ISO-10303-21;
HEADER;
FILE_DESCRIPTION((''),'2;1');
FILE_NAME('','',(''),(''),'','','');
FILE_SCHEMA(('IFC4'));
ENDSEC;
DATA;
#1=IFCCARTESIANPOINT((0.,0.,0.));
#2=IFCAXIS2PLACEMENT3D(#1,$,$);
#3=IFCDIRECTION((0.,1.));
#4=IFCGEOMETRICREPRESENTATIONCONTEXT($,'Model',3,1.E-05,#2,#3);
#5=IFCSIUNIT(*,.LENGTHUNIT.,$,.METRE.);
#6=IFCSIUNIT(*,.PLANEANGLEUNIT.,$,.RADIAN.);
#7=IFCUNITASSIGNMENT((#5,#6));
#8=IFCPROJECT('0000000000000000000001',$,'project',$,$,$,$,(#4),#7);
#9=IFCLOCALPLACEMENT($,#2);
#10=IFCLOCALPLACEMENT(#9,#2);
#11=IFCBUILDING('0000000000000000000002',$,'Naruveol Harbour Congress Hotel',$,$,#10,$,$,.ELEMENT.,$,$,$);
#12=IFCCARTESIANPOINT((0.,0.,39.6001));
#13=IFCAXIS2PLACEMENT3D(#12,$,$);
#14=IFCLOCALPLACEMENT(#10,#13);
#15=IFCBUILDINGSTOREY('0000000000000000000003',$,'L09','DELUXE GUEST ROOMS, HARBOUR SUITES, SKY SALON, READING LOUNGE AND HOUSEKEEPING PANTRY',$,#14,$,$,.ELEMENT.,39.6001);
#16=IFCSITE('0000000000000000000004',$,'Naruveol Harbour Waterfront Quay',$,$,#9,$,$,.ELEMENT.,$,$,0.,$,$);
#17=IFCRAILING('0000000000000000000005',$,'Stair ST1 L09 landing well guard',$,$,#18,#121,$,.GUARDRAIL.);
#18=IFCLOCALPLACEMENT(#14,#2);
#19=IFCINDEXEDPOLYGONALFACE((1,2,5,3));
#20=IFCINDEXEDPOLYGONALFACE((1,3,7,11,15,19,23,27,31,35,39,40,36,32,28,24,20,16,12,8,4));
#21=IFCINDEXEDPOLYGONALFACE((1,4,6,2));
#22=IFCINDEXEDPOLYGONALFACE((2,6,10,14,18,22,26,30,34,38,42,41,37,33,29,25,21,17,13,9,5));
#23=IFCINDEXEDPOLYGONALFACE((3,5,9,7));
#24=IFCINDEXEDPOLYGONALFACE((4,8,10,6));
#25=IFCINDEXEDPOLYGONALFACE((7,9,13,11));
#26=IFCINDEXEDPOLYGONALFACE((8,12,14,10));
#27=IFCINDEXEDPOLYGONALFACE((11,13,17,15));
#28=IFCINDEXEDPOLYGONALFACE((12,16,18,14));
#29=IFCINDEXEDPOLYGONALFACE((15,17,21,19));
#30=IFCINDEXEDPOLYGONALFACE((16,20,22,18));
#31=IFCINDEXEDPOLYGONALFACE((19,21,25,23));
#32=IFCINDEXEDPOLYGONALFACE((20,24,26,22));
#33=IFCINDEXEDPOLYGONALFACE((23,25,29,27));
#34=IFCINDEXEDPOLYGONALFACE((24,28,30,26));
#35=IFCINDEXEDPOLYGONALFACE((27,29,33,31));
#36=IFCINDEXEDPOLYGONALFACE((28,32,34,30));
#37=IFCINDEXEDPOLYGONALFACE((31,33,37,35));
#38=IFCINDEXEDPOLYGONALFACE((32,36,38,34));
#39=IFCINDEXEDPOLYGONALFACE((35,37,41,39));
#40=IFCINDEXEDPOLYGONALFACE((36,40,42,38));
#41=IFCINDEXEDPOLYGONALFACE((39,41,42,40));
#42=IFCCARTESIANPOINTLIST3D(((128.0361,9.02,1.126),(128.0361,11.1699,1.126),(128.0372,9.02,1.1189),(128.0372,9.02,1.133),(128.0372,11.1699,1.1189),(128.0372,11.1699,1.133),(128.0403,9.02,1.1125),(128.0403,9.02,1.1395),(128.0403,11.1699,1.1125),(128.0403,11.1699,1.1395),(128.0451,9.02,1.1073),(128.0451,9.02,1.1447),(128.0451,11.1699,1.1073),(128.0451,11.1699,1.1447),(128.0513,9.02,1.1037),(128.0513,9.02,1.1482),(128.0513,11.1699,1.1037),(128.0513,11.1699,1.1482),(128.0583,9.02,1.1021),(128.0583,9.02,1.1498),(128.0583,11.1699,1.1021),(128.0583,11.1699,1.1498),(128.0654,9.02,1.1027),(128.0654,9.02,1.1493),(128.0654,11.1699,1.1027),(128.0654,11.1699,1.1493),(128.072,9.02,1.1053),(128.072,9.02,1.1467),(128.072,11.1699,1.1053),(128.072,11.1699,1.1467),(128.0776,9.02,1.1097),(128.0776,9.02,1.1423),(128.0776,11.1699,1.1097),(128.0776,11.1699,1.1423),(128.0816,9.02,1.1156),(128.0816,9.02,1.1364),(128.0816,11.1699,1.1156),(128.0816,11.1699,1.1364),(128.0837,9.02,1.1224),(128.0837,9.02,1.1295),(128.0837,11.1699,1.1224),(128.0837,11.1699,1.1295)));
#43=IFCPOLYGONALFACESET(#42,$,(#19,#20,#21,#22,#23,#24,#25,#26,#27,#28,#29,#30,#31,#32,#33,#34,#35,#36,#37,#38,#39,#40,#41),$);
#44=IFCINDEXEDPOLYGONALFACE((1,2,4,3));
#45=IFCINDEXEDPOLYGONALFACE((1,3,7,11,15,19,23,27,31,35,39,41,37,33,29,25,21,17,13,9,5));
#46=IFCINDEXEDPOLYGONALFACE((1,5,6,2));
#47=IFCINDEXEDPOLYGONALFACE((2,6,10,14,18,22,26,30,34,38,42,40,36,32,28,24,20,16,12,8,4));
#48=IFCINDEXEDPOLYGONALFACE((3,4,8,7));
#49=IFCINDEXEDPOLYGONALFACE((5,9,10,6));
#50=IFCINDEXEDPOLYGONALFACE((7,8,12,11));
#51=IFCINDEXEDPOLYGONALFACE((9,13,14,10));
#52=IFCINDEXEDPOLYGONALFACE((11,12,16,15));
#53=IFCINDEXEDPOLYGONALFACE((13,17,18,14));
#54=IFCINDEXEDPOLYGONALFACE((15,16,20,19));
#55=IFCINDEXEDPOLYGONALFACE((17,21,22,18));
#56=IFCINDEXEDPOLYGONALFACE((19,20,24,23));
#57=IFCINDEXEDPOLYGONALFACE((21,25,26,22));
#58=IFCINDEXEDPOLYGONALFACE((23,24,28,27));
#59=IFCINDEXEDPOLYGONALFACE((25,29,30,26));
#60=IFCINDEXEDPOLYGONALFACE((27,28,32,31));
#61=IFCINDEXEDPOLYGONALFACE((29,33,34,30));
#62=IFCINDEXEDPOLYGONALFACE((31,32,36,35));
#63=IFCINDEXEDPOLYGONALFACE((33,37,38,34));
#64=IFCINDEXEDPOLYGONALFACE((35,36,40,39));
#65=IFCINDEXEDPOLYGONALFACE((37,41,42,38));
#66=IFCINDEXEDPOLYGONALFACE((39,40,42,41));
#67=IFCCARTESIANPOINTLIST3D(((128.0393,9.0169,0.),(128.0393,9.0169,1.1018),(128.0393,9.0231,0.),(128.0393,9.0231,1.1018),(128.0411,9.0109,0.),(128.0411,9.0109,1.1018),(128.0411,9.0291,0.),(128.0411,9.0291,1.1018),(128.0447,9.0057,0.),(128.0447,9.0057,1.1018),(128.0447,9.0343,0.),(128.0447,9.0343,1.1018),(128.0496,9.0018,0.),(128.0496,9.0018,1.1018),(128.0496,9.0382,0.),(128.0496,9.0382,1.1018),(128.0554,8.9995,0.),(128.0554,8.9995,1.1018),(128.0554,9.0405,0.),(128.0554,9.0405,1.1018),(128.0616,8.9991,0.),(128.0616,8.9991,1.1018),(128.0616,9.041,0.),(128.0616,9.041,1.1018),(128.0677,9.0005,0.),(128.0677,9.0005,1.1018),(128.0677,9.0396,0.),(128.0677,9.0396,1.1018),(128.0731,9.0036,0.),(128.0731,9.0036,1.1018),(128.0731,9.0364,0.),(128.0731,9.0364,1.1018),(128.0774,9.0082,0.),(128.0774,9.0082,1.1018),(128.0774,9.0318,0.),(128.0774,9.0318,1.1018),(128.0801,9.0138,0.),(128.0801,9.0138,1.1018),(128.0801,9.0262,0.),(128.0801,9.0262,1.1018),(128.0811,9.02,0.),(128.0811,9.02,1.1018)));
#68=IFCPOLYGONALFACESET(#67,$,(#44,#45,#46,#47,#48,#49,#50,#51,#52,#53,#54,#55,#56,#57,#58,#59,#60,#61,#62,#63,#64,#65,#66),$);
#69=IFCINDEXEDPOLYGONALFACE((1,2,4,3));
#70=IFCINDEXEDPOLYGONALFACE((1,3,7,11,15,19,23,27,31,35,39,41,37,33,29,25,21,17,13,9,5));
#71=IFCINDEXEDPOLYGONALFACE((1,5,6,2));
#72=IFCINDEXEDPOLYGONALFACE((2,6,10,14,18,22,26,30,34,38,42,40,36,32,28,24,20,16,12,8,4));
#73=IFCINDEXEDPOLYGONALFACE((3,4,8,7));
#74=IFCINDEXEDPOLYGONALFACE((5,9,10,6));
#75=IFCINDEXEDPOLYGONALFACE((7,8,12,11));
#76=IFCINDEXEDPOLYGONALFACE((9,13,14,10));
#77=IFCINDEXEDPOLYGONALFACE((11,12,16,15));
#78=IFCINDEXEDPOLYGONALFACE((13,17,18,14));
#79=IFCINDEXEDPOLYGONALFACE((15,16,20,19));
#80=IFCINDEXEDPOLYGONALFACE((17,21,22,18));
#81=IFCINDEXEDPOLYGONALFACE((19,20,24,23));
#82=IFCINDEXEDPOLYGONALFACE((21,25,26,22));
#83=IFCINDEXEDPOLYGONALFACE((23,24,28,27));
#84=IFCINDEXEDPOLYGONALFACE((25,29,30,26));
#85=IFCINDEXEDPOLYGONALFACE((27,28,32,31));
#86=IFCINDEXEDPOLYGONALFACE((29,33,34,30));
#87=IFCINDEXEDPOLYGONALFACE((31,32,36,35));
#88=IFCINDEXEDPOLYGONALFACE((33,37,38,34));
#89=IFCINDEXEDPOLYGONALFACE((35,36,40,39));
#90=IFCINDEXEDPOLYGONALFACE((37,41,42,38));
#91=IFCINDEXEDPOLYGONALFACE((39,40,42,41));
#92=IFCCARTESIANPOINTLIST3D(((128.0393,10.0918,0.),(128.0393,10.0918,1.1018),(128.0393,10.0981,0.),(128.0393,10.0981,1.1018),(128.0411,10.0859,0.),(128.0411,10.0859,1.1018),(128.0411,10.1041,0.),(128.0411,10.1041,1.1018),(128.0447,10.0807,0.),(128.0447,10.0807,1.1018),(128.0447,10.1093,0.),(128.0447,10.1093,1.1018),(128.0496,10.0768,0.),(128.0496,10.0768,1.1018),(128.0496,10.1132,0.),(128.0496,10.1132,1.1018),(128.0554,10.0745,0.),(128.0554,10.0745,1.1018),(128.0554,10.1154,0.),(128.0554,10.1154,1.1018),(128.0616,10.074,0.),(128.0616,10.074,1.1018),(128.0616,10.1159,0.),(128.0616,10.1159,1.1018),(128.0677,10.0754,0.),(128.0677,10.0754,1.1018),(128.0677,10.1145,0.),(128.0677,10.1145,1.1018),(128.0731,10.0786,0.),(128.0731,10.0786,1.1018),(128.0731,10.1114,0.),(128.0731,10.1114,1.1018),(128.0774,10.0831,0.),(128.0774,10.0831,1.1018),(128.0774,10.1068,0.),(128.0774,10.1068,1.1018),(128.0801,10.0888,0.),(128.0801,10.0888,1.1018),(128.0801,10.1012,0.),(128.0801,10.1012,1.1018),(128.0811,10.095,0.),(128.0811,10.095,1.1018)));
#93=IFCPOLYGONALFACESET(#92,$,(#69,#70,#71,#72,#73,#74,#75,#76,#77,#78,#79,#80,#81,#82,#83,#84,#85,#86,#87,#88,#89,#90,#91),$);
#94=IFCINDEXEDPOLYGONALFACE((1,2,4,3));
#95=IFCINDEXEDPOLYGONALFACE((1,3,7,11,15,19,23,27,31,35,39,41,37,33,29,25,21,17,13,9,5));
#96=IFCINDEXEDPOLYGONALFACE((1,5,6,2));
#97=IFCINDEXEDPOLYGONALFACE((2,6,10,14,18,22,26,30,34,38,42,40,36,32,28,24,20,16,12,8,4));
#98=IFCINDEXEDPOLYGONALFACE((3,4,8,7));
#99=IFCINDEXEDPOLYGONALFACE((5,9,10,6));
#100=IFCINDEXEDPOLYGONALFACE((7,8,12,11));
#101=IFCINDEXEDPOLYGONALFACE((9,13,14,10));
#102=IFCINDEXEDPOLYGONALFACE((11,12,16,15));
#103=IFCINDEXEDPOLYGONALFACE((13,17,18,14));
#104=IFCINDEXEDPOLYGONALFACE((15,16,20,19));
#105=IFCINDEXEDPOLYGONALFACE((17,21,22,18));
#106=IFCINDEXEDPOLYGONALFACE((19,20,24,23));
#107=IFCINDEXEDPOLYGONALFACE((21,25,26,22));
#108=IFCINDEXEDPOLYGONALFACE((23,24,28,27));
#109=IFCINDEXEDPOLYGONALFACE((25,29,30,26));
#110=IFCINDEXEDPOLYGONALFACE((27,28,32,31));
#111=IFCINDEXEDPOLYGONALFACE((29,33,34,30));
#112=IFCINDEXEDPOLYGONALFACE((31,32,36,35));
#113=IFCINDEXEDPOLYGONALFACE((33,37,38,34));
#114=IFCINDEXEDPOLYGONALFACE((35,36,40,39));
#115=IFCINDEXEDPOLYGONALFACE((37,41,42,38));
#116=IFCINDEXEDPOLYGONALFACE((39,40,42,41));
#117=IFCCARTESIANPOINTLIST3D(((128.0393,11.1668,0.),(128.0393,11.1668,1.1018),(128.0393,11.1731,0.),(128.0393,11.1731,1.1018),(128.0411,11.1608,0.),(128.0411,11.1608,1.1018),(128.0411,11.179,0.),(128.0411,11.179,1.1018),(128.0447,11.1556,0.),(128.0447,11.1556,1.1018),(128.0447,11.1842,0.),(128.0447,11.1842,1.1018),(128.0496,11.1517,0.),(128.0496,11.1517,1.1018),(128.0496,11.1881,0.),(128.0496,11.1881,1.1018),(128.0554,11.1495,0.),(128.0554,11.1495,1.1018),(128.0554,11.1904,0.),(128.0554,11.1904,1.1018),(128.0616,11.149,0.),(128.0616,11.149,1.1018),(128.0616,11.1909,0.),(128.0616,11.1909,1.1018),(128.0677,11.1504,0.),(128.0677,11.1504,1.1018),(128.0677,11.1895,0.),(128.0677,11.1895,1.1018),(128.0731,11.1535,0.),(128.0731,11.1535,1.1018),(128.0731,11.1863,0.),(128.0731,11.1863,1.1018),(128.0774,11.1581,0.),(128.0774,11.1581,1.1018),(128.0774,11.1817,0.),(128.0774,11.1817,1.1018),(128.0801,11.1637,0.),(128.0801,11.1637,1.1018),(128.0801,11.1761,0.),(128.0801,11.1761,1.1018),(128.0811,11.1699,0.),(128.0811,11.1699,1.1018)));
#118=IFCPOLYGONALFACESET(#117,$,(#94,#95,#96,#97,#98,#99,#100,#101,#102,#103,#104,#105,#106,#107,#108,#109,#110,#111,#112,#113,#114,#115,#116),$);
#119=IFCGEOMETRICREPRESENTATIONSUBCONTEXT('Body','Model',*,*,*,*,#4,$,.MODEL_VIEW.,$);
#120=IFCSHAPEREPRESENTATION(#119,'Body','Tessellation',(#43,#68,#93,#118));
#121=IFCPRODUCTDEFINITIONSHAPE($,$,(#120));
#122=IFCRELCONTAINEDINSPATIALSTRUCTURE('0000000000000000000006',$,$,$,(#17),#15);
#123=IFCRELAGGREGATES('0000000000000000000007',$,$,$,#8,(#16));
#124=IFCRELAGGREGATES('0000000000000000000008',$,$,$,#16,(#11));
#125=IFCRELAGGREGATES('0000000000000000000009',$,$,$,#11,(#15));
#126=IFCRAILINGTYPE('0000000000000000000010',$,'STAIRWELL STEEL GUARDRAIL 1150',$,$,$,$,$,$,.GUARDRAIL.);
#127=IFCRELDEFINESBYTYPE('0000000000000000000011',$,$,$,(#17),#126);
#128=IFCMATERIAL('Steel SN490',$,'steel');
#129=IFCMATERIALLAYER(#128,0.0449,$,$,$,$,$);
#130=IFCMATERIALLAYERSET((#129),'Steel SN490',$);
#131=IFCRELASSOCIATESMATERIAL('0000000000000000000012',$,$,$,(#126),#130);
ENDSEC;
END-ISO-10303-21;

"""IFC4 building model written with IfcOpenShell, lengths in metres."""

from ifc_helpers import new_model, si_unit, direction, frame, origin, origin_2d, place, context, subcontext, project, spatial, circle, extrude, material, layer, layer_set, type_object, element, save


model = new_model("IFC4")

# Units and contexts
model_context = context("Model", 3, precision=1e-05, world=origin(), true_north=direction((0.0, 1.0)))
body_context = subcontext(model_context, "Body", "Model", "MODEL_VIEW")
ifc_project = project(units=[si_unit("LENGTHUNIT", "METRE"), si_unit("PLANEANGLEUNIT", "RADIAN")], contexts=[model_context])

# Site, building, storey
site_placement = place(None, origin())
site = spatial("IfcSite", under=ifc_project, at=site_placement, Name="Naruveol Harbour Waterfront Quay", CompositionType="ELEMENT", RefElevation=0.0)
building_placement = place(site_placement, origin())
building = spatial("IfcBuilding", under=site, at=building_placement, Name="Naruveol Harbour Congress Hotel", CompositionType="ELEMENT")
storey_placement = place(building_placement, frame((0.0, 0.0, 39.6001)))
storey = spatial("IfcBuildingStorey", under=building, at=storey_placement, Name="L09", Description="DELUXE GUEST ROOMS, HARBOUR SUITES, SKY SALON, READING LOUNGE AND HOUSEKEEPING PANTRY", CompositionType="ELEMENT", Elevation=39.6001)

# Railing
ifc_material_1 = material(Name="Steel SN490", Category="steel")
ifc_layer_1 = layer(ifc_material_1, 0.0449)
ifc_layer_set_1 = layer_set([ifc_layer_1], Name="Steel SN490")
railing_type_1 = type_object("IfcRailingType", Name="STAIRWELL STEEL GUARDRAIL 1150", PredefinedType="GUARDRAIL", material=ifc_layer_set_1)
railing_1_placement = place(storey_placement, frame((128.0601, 9.02, 0.0)))
element("IfcRailing", 1, at=railing_1_placement, inside=storey, type_object=railing_type_1, Name="Stair ST1 L09 landing well guard", PredefinedType="GUARDRAIL", context=body_context, shape_type="SweptSolid", body=[
    extrude(circle(Radius=0.0239, at=origin_2d()), frame((0.0, 0.0, 1.126), z_axis=(0.0, 1.0, 0.0), x_axis=(-1.0, 0.0, 0.0)), (0.0, 0.0, 1.0), 2.1499),
    extrude(circle(Radius=0.021, at=origin_2d()), origin(), (0.0, 0.0, 1.0), 1.1018),
    extrude(circle(Radius=0.021, at=origin_2d()), frame((0.0, 1.075, 0.0)), (0.0, 0.0, 1.0), 1.1018),
    extrude(circle(Radius=0.021, at=origin_2d()), frame((0.0, 2.1499, 0.0)), (0.0, 0.0, 1.0), 1.1018),
])

save(model, "model.ifc")
